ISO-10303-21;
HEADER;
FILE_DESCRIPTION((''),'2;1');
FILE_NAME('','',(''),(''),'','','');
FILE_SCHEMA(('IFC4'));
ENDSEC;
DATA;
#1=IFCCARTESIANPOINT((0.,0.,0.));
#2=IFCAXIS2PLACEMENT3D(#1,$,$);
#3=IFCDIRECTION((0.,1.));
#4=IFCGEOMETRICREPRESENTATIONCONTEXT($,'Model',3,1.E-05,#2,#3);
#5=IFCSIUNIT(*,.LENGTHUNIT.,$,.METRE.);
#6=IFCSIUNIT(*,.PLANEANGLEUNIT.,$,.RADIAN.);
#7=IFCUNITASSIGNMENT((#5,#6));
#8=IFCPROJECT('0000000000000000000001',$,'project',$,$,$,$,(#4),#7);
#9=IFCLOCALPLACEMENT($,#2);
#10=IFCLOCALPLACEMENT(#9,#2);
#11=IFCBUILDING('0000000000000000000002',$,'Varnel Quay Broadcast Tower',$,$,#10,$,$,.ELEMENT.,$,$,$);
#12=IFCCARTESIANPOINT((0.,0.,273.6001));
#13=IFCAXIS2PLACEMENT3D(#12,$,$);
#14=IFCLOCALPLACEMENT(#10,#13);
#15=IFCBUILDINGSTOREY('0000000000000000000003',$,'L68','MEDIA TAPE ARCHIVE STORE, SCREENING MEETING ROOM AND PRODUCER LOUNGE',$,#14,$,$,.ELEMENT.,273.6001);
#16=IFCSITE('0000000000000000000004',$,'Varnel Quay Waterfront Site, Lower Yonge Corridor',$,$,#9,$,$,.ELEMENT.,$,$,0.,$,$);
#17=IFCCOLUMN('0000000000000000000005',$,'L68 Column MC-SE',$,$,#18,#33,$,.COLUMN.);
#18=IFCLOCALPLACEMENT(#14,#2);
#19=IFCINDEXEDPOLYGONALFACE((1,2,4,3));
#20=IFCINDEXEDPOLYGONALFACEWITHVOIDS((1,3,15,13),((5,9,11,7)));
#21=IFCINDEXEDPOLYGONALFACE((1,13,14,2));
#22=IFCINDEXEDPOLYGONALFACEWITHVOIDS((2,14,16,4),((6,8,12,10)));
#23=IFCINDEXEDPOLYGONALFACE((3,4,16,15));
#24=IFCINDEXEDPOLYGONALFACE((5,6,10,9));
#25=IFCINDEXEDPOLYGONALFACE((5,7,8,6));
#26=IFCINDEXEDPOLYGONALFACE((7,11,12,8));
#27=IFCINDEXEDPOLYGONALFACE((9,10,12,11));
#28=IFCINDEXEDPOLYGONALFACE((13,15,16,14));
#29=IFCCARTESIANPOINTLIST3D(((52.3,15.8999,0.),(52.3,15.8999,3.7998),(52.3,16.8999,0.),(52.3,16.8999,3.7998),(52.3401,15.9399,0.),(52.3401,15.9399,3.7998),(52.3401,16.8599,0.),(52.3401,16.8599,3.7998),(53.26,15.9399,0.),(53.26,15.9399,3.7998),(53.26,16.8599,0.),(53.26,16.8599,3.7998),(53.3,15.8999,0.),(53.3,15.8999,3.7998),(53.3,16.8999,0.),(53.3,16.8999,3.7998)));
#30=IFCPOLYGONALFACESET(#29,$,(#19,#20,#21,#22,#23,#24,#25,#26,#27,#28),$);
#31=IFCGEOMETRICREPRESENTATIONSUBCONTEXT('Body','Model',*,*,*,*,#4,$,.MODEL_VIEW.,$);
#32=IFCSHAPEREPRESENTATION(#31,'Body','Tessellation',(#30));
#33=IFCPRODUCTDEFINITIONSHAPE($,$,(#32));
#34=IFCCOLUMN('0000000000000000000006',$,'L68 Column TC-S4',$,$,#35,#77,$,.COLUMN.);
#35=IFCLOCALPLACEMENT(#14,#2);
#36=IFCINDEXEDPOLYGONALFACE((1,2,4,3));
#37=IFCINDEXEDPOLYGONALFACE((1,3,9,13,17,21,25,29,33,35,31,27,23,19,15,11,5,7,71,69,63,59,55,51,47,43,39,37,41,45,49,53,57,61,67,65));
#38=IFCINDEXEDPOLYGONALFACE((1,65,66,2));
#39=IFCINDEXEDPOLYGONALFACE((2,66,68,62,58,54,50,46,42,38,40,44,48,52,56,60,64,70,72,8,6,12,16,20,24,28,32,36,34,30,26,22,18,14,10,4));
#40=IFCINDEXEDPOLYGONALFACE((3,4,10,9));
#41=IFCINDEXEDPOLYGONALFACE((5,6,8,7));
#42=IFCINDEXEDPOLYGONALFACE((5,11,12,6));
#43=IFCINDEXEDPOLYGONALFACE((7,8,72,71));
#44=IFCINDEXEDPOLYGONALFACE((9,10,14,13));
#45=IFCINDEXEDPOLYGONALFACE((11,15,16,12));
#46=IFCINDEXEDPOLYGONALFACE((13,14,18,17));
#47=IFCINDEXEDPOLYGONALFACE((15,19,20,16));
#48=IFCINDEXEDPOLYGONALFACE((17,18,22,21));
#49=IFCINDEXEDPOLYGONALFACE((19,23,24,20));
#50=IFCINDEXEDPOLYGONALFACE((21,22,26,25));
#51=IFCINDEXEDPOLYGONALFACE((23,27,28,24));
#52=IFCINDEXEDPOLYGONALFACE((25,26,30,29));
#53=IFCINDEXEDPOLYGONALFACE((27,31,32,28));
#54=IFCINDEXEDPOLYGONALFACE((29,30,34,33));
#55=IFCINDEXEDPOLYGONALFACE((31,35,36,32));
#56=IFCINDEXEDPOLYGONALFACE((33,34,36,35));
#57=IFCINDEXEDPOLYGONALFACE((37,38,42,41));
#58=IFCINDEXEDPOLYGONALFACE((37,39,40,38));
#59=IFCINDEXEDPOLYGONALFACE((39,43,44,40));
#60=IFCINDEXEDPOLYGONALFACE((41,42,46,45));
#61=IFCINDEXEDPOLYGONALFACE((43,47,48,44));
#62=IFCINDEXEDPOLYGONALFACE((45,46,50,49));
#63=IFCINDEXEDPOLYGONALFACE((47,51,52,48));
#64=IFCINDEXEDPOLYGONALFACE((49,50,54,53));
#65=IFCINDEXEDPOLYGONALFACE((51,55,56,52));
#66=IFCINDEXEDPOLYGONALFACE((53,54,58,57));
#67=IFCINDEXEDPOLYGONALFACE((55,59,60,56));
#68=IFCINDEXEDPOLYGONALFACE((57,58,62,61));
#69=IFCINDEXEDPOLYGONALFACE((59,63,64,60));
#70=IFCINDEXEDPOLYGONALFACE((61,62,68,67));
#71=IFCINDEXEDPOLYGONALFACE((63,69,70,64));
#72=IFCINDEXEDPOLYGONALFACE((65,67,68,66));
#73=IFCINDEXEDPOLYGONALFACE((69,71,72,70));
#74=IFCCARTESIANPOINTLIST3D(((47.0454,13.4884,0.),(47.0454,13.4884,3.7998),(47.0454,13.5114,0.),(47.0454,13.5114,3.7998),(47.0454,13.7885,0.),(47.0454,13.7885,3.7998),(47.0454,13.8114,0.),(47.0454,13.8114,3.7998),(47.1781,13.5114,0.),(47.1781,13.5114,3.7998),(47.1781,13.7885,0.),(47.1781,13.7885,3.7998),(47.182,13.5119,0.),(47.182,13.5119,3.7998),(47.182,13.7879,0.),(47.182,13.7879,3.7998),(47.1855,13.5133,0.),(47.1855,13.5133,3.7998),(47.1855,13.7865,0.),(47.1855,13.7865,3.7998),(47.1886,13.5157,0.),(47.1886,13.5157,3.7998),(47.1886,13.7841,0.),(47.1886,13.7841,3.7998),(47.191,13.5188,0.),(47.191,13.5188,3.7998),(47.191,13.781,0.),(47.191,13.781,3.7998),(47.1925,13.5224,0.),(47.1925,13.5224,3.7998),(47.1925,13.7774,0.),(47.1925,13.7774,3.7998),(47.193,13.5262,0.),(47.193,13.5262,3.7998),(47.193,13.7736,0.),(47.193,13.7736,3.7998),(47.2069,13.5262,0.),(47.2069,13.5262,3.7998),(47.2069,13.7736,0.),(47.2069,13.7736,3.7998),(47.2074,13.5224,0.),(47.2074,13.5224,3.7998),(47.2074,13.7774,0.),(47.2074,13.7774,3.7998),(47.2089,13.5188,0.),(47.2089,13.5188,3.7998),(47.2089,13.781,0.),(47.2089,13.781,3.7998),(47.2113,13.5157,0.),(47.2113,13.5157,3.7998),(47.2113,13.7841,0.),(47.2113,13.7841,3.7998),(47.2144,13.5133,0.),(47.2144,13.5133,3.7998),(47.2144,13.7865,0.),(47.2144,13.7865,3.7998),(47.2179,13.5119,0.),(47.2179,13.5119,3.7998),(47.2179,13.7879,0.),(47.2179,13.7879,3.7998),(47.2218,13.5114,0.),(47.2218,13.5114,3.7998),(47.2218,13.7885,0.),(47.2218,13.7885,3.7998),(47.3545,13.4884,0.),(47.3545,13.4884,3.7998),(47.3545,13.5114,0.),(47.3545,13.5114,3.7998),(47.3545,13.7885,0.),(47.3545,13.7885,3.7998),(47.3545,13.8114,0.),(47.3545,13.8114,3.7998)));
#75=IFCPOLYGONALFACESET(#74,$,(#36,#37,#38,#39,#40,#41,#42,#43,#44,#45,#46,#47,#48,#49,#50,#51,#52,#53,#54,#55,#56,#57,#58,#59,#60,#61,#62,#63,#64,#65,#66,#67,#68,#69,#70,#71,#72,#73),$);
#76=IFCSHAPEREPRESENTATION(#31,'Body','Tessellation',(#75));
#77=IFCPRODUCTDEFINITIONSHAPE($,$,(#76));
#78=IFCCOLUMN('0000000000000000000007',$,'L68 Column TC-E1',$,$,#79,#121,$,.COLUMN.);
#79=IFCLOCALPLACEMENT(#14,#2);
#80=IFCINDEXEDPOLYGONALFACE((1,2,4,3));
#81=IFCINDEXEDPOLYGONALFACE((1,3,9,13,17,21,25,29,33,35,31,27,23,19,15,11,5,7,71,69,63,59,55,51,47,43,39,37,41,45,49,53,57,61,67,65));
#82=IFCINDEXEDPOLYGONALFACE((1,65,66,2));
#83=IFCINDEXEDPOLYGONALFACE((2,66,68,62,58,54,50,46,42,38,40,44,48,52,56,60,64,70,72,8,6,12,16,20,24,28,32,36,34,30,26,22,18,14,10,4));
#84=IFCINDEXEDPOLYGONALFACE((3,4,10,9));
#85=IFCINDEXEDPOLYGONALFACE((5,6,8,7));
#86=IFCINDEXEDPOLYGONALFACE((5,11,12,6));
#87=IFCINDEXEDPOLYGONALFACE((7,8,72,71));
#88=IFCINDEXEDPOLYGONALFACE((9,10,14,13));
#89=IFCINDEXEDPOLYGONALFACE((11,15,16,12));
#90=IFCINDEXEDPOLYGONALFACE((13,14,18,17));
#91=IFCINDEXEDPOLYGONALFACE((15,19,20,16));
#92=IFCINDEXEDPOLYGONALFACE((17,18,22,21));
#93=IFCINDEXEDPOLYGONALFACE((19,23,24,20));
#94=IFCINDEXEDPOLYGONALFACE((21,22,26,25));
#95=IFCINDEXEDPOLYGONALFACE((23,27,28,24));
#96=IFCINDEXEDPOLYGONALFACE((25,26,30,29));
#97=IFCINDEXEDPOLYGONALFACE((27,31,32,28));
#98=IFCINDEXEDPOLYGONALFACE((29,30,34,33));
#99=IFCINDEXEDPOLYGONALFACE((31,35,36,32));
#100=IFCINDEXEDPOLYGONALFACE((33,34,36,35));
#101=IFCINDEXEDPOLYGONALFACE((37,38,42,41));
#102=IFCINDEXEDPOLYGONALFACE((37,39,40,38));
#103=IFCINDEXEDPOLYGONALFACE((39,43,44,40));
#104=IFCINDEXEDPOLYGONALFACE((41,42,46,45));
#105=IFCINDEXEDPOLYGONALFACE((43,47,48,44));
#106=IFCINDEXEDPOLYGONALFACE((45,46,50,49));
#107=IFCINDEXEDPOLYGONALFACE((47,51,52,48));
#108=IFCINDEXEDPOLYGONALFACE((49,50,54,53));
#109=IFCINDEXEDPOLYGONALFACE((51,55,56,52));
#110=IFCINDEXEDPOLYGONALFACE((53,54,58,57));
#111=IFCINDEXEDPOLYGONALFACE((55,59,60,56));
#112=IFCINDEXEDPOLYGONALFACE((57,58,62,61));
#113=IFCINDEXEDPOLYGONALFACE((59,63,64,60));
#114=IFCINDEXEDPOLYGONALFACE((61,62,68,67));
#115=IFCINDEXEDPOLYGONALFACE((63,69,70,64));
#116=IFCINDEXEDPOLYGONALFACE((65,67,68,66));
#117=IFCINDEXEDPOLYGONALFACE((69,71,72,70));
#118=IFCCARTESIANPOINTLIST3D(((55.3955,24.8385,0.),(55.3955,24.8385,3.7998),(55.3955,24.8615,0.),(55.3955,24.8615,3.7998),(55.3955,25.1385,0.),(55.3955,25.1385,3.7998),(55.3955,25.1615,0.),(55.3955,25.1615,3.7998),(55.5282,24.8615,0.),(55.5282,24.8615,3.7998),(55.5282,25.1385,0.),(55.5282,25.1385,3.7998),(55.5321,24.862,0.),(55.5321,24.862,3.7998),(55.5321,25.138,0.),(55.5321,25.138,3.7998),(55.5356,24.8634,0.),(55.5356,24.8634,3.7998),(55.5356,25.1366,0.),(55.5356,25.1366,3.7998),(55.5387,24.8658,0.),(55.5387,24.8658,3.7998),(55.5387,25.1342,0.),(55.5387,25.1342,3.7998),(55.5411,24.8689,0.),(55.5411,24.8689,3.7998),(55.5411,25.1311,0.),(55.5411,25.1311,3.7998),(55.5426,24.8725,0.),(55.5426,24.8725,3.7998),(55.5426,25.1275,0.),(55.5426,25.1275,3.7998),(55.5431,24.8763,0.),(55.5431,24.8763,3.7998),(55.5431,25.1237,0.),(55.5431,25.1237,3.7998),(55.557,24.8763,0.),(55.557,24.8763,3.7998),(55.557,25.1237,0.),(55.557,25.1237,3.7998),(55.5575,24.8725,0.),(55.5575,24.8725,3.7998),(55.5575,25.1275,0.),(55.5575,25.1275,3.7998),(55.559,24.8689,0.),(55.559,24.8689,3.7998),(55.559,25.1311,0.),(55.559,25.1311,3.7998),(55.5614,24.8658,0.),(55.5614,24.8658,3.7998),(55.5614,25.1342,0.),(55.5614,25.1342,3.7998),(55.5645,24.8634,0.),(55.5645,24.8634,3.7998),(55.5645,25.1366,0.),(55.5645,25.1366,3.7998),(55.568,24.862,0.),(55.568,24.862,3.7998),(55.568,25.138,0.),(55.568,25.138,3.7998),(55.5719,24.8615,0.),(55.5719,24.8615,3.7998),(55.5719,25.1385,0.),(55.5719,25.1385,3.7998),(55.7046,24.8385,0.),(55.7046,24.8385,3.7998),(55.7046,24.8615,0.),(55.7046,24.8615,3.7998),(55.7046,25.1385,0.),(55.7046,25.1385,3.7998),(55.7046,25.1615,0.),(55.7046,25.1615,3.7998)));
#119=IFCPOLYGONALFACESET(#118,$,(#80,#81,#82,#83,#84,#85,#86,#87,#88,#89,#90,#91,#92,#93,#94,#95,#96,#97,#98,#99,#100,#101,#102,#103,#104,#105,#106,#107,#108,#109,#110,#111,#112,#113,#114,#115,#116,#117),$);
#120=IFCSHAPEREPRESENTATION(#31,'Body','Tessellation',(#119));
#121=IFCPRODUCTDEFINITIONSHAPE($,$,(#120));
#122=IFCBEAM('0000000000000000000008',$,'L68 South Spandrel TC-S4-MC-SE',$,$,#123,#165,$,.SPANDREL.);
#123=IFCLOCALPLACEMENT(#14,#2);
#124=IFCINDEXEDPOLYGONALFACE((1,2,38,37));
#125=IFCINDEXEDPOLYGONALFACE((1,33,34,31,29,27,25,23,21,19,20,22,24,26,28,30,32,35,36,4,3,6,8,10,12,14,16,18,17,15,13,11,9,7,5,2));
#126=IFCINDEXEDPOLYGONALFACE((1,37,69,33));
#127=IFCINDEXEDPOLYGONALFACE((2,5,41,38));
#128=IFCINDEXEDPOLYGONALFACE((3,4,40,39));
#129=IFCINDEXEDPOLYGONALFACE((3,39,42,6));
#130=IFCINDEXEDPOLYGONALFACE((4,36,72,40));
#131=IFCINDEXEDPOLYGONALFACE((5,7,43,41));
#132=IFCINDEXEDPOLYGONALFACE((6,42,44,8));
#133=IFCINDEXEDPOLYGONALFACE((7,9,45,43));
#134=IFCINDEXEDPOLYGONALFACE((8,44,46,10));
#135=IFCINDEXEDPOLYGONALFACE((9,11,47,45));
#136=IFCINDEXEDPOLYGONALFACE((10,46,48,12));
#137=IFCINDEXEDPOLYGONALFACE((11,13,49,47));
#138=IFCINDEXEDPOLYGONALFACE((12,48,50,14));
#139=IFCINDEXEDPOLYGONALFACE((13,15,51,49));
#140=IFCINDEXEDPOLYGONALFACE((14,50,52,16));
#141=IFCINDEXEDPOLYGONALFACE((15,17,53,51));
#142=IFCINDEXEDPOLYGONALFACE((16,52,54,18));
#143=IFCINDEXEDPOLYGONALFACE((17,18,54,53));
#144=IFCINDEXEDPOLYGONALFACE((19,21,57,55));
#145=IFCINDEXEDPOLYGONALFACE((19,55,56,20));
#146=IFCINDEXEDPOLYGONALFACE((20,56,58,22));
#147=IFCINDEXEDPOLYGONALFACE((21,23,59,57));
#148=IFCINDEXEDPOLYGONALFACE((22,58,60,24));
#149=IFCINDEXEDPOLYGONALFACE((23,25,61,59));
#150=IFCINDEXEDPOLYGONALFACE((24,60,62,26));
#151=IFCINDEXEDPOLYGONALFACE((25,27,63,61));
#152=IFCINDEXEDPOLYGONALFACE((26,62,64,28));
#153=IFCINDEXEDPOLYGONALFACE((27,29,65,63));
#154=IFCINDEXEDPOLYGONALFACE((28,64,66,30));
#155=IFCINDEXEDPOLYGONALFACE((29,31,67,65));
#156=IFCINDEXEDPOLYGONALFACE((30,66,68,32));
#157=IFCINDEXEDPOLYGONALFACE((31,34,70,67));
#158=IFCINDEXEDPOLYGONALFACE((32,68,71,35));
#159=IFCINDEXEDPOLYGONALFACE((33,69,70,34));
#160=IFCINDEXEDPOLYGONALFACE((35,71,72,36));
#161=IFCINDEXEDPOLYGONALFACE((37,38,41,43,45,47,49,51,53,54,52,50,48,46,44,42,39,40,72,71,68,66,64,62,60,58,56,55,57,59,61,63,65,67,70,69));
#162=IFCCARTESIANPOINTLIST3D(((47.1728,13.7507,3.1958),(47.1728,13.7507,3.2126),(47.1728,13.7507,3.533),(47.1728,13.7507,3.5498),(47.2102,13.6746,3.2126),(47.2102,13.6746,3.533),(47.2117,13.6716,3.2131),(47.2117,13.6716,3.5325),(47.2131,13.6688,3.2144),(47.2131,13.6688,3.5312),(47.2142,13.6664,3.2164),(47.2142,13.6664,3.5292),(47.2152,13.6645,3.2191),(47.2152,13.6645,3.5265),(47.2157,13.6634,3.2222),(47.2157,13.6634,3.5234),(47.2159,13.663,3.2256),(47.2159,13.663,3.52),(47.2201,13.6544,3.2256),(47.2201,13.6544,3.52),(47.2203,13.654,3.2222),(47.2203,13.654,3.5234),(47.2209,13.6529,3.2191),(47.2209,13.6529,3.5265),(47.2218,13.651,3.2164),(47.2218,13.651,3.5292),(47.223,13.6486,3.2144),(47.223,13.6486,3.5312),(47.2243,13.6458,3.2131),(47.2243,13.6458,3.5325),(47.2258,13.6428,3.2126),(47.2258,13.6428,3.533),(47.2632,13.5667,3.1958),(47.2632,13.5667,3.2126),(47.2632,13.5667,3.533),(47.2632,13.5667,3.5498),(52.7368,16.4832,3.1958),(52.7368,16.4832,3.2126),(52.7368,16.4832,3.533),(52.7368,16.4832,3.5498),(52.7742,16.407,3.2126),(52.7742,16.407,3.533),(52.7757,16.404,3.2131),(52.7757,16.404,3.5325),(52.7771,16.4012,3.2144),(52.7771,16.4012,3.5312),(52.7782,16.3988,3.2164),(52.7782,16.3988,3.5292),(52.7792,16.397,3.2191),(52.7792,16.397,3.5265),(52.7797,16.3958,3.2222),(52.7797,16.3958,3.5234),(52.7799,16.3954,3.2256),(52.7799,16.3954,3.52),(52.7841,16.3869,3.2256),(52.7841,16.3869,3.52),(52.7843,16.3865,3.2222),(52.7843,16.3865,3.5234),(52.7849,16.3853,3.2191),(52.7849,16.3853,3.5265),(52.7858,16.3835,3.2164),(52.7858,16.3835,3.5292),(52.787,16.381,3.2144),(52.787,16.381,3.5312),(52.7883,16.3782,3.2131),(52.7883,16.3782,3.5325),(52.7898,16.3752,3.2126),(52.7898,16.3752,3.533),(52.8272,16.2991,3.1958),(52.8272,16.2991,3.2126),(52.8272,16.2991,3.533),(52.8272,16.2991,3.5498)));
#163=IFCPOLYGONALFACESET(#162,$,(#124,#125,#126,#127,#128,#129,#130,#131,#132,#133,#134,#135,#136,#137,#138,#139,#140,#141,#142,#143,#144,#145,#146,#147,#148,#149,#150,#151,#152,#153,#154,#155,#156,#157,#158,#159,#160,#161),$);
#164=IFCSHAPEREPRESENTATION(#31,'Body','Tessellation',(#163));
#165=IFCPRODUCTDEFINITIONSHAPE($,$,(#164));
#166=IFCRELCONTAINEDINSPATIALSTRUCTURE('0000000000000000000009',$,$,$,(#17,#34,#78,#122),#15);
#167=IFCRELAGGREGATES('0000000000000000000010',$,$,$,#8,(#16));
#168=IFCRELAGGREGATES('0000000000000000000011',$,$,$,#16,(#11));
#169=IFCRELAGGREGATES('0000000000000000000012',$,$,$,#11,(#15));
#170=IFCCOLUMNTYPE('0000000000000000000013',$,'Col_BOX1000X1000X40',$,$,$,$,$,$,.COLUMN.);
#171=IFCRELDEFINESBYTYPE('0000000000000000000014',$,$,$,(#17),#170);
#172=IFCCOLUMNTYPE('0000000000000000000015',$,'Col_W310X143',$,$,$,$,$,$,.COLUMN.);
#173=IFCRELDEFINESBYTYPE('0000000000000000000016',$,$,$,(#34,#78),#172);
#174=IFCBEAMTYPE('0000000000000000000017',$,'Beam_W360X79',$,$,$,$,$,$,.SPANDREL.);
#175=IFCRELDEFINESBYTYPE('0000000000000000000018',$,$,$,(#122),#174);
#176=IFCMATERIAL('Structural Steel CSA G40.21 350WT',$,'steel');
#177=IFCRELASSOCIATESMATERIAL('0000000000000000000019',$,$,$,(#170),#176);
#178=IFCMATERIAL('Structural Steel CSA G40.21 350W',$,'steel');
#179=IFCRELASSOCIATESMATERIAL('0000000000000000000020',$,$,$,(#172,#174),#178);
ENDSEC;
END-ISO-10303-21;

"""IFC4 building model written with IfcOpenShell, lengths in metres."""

from ifc_helpers import new_model, si_unit, direction, frame, origin, origin_2d, place, context, subcontext, project, spatial, hollow_rectangle, i_section, extrude, source, transform, mapped, material, material_profile, profile_set, type_object, type_shapes, element, save


model = new_model("IFC4")

# Units and contexts
model_context = context("Model", 3, precision=1e-05, world=origin(), true_north=direction((0.0, 1.0)))
body_context = subcontext(model_context, "Body", "Model", "MODEL_VIEW")
ifc_project = project(units=[si_unit("LENGTHUNIT", "METRE"), si_unit("PLANEANGLEUNIT", "RADIAN")], contexts=[model_context])

# Site, building, storey
site_placement = place(None, origin())
site = spatial("IfcSite", under=ifc_project, at=site_placement, Name="Varnel Quay Waterfront Site, Lower Yonge Corridor", CompositionType="ELEMENT", RefElevation=0.0)
building_placement = place(site_placement, origin())
building = spatial("IfcBuilding", under=site, at=building_placement, Name="Varnel Quay Broadcast Tower", CompositionType="ELEMENT")
storey_placement = place(building_placement, frame((0.0, 0.0, 273.6001)))
storey = spatial("IfcBuildingStorey", under=building, at=storey_placement, Name="L68", Description="MEDIA TAPE ARCHIVE STORE, SCREENING MEETING ROOM AND PRODUCER LOUNGE", CompositionType="ELEMENT", Elevation=273.6001)

# Columns
ifc_material_1 = material(Name="Structural Steel CSA G40.21 350WT", Category="steel")
ifc_material_profile_1 = material_profile(ifc_material_1, hollow_rectangle(XDim=1.0, YDim=1.0, WallThickness=0.04, at=origin_2d()), Name="BOX1000X1000X40")
ifc_profile_set_1 = profile_set([ifc_material_profile_1], Name="Structural Steel CSA G40.21 350WT")
column_type_1 = type_object("IfcColumnType", Name="Col_BOX1000X1000X40", PredefinedType="COLUMN", material=ifc_profile_set_1)
shared_shape_1 = source(origin(), body_context, "Body", "SweptSolid", [
    extrude(hollow_rectangle(XDim=1.0, YDim=1.0, WallThickness=0.04, at=origin_2d()), origin(), (0.0, 0.0, 1.0), 3.7998),
])
type_shapes(column_type_1, [shared_shape_1])
column_placement = place(storey_placement, frame((52.8, 16.3999, 0.0), z_axis=(0.0, 0.0, 1.0), x_axis=(1.0, 0.0, 0.0)))
element("IfcColumn", 1, at=column_placement, inside=storey, type_object=column_type_1, Name="L68 Column MC-SE", PredefinedType="COLUMN", context=body_context, shape_type="MappedRepresentation", body=[
    mapped(shared_shape_1, transform((0.0, 0.0, 0.0), x_axis=(1.0, 0.0, 0.0), y_axis=(0.0, 1.0, 0.0), z_axis=(0.0, 0.0, 1.0), scale=1.0)),
])
ifc_material_2 = material(Name="Structural Steel CSA G40.21 350W", Category="steel")
ifc_material_profile_2 = material_profile(ifc_material_2, i_section(OverallWidth=0.3091, OverallDepth=0.323, WebThickness=0.0139, FlangeThickness=0.0229, FilletRadius=0.0149, at=origin_2d()), Name="W310X143")
ifc_profile_set_2 = profile_set([ifc_material_profile_2], Name="Structural Steel CSA G40.21 350W")
column_type_2 = type_object("IfcColumnType", Name="Col_W310X143", PredefinedType="COLUMN", material=ifc_profile_set_2)
shared_shape_2 = source(origin(), body_context, "Body", "SweptSolid", [
    extrude(i_section(OverallWidth=0.3091, OverallDepth=0.323, WebThickness=0.0139, FlangeThickness=0.0229, FilletRadius=0.0149, at=origin_2d()), origin(), (0.0, 0.0, 1.0), 3.7998),
])
type_shapes(column_type_2, [shared_shape_2])
for number, where, z_axis, x_axis, name in (
    (2, (47.2, 13.6499, 0.0), (0.0, 0.0, 1.0), (1.0, 0.0, 0.0), "L68 Column TC-S4"),
    (3, (55.55, 25.0, 0.0), (0.0, 0.0, 1.0), (1.0, 0.0, 0.0), "L68 Column TC-E1"),
):
    element("IfcColumn", number, at=place(storey_placement, frame(where, z_axis=z_axis, x_axis=x_axis)), inside=storey, type_object=column_type_2, Name=name, PredefinedType="COLUMN", context=body_context, shape_type="MappedRepresentation", body=[
        mapped(shared_shape_2, transform((0.0, 0.0, 0.0), x_axis=(1.0, 0.0, 0.0), y_axis=(0.0, 1.0, 0.0), z_axis=(0.0, 0.0, 1.0), scale=1.0)),
    ])

# Beam
ifc_material_profile_3 = material_profile(ifc_material_2, i_section(OverallWidth=0.2051, OverallDepth=0.354, WebThickness=0.0095, FlangeThickness=0.0168, FilletRadius=0.0129, at=origin_2d()), Name="W360X79")
ifc_profile_set_3 = profile_set([ifc_material_profile_3], Name="Structural Steel CSA G40.21 350W")
beam_type = type_object("IfcBeamType", Name="Beam_W360X79", PredefinedType="SPANDREL", material=ifc_profile_set_3)
shared_shape_3 = source(origin(), body_context, "Body", "SweptSolid", [
    extrude(i_section(OverallWidth=0.2051, OverallDepth=0.354, WebThickness=0.0095, FlangeThickness=0.0168, FilletRadius=0.0129, at=origin_2d()), origin(), (0.0, 0.0, 1.0), 6.1987),
])
beam_1_placement = place(storey_placement, frame((47.218, 13.6587, 3.3728), z_axis=(0.897602, 0.440806, 0.0), x_axis=(-0.440806, 0.897602, 0.0)))
element("IfcBeam", 4, at=beam_1_placement, inside=storey, type_object=beam_type, Name="L68 South Spandrel TC-S4-MC-SE", PredefinedType="SPANDREL", context=body_context, shape_type="MappedRepresentation", body=[
    mapped(shared_shape_3, transform((0.0, 0.0, 0.0), x_axis=(1.0, 0.0, 0.0), y_axis=(0.0, 1.0, 0.0), z_axis=(0.0, 0.0, 1.0), scale=1.0)),
])

save(model, "model.ifc")
